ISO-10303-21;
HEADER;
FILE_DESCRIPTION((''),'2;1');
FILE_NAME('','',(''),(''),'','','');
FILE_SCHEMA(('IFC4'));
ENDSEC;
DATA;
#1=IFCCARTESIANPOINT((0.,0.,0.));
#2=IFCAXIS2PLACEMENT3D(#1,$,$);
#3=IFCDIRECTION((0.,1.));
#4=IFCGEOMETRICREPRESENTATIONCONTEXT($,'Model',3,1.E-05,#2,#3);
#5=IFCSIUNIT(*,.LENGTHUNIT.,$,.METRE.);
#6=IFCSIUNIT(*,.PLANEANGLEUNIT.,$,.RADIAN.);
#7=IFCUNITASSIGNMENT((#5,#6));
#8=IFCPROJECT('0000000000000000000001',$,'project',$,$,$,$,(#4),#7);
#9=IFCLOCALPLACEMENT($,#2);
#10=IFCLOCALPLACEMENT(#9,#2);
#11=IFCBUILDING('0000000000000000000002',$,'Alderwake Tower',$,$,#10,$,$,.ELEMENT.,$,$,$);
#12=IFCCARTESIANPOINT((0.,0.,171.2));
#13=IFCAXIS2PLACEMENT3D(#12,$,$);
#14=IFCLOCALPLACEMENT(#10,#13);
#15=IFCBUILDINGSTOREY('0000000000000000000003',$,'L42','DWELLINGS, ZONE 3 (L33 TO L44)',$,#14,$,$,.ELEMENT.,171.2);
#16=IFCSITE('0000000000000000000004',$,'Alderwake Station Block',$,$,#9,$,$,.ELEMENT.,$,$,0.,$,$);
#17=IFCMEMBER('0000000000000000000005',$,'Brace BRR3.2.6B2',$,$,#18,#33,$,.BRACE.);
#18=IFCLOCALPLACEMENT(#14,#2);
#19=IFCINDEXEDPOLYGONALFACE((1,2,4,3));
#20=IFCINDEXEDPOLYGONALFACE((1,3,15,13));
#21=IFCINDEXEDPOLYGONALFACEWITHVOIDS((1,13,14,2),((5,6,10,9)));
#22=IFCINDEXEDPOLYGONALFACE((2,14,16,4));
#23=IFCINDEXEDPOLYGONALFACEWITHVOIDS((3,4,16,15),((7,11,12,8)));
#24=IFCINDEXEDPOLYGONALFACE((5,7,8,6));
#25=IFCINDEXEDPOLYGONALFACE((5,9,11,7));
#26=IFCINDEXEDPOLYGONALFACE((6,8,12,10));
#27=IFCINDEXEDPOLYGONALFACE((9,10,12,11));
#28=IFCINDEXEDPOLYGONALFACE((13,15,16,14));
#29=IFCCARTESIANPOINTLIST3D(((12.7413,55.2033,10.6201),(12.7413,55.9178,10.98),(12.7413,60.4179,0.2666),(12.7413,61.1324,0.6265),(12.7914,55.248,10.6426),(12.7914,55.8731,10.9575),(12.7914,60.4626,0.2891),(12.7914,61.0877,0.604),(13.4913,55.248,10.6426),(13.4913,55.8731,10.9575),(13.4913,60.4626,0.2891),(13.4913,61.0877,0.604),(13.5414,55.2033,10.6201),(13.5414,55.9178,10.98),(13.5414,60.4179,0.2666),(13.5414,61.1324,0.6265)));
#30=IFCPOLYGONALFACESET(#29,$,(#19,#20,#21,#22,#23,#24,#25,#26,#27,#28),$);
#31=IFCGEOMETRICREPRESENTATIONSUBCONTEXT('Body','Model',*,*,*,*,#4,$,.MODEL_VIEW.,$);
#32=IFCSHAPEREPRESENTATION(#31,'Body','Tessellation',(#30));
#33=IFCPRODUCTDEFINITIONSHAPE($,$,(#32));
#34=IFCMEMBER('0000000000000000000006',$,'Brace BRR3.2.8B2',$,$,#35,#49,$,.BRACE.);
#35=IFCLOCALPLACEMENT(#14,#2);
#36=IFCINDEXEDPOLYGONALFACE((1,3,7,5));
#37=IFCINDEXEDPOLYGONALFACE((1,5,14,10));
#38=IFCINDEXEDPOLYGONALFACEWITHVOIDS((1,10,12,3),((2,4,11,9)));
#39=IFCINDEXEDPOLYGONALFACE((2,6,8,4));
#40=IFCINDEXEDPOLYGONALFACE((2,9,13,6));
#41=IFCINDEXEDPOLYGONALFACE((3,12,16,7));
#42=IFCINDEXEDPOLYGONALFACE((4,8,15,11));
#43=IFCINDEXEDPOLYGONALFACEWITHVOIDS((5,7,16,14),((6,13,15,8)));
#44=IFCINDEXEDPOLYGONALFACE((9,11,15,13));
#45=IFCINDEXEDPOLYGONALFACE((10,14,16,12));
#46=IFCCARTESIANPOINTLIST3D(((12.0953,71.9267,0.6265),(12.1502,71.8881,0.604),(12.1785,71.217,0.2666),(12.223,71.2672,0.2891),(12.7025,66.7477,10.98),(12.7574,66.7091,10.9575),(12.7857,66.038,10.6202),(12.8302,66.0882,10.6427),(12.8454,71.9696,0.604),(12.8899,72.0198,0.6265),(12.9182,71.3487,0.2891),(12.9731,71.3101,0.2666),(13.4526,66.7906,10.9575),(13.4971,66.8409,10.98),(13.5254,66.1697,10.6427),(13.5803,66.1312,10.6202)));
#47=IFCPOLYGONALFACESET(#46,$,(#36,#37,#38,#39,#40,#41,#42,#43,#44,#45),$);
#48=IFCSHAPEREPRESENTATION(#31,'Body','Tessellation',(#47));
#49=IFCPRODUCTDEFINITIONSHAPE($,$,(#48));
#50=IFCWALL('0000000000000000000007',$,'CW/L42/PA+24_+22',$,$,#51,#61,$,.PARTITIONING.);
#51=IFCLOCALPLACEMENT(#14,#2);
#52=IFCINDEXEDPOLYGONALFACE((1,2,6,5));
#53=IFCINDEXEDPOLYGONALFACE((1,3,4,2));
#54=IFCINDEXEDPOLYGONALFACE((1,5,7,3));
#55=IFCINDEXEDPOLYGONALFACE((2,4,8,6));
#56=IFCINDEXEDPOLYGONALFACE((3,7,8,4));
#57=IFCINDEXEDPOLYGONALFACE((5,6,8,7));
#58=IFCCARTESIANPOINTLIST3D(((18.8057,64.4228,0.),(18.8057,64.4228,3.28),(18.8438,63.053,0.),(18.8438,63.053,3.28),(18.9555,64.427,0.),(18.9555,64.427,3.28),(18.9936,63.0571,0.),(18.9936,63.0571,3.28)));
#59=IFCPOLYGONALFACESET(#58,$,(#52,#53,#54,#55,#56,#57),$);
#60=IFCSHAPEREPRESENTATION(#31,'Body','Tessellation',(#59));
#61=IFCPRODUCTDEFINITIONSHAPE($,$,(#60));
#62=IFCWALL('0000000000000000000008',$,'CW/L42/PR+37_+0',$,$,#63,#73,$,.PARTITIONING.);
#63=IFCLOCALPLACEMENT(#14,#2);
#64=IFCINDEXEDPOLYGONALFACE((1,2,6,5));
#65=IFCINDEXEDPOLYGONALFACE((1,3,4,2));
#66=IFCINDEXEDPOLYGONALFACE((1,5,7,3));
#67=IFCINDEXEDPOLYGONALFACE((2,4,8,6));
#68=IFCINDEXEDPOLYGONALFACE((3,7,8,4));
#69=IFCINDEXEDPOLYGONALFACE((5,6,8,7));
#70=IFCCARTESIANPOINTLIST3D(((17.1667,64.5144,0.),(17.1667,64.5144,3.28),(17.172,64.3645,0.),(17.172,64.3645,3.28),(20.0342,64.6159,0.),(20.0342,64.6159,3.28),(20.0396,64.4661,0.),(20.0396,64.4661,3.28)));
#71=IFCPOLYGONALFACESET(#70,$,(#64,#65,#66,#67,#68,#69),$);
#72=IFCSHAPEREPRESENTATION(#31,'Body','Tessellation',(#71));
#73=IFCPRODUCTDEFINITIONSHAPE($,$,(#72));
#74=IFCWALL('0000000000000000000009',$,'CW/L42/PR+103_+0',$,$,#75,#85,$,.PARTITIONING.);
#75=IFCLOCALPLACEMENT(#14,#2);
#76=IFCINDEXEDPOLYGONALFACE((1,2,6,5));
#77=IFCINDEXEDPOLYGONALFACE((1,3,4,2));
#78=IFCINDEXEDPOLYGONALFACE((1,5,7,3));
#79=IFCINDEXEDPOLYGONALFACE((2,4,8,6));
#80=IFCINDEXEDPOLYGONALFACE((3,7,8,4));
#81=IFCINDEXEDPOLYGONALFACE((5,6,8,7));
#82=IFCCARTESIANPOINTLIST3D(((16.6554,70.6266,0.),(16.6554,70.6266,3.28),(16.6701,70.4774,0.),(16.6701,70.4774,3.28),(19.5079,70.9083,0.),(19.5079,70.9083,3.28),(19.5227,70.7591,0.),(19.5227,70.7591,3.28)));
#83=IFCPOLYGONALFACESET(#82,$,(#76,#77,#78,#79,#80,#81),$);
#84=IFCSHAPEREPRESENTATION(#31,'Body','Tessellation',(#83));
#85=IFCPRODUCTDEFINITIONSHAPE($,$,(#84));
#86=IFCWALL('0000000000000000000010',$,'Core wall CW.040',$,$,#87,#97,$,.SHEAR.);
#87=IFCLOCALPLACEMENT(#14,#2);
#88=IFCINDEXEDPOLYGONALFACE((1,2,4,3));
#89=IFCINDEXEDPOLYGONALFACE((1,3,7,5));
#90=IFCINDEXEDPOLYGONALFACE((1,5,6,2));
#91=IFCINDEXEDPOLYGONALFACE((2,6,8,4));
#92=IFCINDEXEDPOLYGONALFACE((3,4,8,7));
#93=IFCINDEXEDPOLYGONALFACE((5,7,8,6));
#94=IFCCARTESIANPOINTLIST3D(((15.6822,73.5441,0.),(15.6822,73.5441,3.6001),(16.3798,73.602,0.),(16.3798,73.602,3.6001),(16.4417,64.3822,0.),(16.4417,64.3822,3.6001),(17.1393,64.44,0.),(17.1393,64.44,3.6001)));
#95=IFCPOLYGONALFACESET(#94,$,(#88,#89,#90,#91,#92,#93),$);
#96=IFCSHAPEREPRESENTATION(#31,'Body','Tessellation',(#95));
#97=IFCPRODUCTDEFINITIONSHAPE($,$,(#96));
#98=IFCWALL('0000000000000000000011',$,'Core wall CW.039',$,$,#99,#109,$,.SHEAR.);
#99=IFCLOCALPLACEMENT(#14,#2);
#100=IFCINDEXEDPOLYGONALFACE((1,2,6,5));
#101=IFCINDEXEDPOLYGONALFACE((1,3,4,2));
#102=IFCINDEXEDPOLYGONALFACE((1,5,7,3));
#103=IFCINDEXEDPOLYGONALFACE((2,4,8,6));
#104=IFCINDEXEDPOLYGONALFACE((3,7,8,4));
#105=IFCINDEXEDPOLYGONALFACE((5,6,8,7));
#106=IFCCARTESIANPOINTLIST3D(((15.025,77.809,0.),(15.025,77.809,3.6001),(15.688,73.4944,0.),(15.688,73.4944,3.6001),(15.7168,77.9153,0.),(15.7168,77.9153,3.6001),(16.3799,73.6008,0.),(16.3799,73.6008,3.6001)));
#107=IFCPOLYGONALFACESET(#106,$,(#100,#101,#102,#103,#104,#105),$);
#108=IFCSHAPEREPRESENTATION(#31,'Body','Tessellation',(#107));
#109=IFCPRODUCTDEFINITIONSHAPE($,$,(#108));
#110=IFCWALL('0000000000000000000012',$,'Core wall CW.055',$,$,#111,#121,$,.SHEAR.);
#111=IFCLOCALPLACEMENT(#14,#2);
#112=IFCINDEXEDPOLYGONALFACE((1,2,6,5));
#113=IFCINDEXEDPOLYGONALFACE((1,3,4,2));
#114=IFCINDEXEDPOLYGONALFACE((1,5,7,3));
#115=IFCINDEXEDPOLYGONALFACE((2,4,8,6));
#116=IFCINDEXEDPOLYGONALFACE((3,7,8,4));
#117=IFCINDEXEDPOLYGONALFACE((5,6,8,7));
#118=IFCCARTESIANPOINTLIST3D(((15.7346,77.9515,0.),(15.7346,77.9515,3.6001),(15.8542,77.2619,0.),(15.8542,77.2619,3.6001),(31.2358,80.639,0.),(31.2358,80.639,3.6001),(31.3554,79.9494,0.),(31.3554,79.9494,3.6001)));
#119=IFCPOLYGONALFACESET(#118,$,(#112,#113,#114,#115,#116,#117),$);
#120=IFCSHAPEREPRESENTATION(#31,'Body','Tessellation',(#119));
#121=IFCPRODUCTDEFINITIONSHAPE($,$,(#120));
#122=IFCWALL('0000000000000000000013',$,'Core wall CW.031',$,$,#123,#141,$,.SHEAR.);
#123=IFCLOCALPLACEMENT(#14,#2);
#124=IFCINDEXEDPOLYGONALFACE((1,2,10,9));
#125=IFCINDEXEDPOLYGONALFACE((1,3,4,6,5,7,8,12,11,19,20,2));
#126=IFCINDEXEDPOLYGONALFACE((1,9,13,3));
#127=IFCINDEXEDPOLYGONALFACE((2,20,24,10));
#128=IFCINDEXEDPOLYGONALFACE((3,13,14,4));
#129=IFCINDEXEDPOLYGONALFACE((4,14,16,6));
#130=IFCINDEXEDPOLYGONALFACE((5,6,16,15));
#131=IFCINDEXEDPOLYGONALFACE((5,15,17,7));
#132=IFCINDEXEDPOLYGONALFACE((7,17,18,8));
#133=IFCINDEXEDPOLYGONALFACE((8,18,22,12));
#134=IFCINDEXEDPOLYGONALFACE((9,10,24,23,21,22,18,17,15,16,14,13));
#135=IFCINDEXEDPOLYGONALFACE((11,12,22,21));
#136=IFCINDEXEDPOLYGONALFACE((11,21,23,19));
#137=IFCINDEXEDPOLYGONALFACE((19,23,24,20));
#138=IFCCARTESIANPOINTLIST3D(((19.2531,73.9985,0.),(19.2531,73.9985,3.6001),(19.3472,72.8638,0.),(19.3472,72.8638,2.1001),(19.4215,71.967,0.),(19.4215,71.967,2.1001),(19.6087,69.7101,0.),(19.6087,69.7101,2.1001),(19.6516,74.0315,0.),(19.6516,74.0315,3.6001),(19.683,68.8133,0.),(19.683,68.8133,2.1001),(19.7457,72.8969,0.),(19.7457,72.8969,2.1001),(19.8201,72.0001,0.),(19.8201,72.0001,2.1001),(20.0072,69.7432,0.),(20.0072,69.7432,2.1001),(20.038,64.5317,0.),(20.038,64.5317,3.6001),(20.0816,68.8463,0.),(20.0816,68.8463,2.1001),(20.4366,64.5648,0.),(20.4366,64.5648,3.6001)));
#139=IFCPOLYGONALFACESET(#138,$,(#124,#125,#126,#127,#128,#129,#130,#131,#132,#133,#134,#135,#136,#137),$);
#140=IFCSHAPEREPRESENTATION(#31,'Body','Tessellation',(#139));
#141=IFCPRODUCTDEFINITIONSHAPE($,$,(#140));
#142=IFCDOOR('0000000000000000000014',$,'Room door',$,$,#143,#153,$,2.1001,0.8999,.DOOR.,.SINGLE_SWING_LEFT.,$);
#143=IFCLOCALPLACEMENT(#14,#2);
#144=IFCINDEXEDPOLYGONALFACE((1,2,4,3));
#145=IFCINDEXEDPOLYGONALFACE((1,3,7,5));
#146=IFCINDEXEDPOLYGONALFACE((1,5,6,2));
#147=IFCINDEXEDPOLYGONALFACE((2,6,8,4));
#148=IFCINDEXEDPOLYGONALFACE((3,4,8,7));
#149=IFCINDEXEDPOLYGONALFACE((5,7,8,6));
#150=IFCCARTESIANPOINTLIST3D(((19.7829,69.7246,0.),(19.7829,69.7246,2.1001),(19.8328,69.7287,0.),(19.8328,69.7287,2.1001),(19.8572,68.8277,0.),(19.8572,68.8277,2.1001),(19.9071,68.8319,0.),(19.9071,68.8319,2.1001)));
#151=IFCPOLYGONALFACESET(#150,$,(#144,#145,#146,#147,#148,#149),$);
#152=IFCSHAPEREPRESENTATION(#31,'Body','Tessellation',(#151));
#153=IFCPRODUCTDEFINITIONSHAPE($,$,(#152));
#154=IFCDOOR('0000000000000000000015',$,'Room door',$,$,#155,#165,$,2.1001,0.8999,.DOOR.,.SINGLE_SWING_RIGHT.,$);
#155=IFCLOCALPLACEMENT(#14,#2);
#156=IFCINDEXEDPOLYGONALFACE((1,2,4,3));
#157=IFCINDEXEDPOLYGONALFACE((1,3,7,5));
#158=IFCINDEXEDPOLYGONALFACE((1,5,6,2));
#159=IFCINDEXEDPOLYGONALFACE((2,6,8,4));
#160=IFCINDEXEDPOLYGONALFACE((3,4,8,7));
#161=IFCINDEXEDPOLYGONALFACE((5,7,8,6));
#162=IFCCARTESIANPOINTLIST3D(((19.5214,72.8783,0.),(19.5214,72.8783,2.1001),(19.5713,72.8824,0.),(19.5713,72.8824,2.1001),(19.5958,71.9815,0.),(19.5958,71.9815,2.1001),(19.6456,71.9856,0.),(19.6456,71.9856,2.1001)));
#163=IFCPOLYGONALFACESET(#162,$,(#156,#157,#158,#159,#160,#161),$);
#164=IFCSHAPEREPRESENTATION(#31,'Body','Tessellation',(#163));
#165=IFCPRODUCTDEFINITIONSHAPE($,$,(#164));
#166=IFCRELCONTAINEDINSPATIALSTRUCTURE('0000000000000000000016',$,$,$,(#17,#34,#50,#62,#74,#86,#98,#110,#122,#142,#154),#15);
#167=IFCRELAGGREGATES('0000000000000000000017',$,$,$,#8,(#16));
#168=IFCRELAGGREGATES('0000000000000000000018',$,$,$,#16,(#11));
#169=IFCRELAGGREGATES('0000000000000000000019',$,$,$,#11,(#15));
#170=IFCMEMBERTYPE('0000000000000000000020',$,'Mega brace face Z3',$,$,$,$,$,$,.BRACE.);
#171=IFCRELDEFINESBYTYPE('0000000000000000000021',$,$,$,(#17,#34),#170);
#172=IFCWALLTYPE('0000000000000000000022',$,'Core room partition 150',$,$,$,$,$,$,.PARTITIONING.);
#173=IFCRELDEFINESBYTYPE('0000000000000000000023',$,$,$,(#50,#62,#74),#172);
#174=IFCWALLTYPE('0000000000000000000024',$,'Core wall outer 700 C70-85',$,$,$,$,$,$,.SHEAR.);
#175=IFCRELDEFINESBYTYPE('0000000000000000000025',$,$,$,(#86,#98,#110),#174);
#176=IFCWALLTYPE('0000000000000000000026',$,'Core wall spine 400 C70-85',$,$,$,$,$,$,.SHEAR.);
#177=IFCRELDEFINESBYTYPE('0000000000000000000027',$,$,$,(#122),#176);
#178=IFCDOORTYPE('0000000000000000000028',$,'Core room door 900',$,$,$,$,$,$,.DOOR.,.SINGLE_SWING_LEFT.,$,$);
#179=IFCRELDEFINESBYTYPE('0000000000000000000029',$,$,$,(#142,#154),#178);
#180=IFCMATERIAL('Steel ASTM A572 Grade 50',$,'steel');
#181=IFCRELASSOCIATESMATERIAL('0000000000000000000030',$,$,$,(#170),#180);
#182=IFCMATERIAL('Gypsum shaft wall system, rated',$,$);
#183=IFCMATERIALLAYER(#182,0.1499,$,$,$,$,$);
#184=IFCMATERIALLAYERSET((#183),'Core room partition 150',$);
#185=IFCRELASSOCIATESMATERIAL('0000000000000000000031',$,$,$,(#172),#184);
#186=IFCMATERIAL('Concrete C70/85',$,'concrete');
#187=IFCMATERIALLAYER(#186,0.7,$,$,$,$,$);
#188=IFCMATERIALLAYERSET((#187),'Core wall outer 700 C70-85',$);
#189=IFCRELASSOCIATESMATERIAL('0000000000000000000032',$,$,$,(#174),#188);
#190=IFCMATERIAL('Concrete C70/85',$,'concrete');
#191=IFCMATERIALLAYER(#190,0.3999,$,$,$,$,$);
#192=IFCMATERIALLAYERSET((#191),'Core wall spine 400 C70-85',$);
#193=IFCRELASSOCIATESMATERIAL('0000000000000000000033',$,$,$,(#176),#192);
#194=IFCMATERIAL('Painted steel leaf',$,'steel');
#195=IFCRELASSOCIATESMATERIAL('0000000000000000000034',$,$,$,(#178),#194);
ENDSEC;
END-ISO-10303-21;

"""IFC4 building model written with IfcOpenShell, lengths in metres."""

from ifc_helpers import new_model, si_unit, direction, frame, frame_2d, origin, origin_2d, place, context, subcontext, project, spatial, rectangle, hollow_rectangle, extrude, material, layer, layer_set, material_profile, profile_set, type_object, element, fill, save


model = new_model("IFC4")

# Units and contexts
model_context = context("Model", 3, precision=1e-05, world=origin(), true_north=direction((0.0, 1.0)))
body_context = subcontext(model_context, "Body", "Model", "MODEL_VIEW")
ifc_project = project(units=[si_unit("LENGTHUNIT", "METRE"), si_unit("PLANEANGLEUNIT", "RADIAN")], contexts=[model_context])

# Site, building, storey
site_placement = place(None, origin())
site = spatial("IfcSite", under=ifc_project, at=site_placement, Name="Alderwake Station Block", CompositionType="ELEMENT", RefElevation=0.0)
building_placement = place(site_placement, origin())
building = spatial("IfcBuilding", under=site, at=building_placement, Name="Alderwake Tower", CompositionType="ELEMENT")
storey_placement = place(building_placement, frame((0.0, 0.0, 171.2)))
storey = spatial("IfcBuildingStorey", under=building, at=storey_placement, Name="L42", Description="DWELLINGS, ZONE 3 (L33 TO L44)", CompositionType="ELEMENT", Elevation=171.2)

# Members
ifc_material_1 = material(Name="Steel ASTM A572 Grade 50", Category="steel")
ifc_material_profile_1 = material_profile(ifc_material_1, hollow_rectangle(XDim=0.8, YDim=0.8, WallThickness=0.05, at=origin_2d()), Name="BOX 800X800X50")
ifc_profile_set_1 = profile_set([ifc_material_profile_1], Name="Steel ASTM A572 Grade 50")
member_type = type_object("IfcMemberType", Name="Mega brace face Z3", PredefinedType="BRACE", material=ifc_profile_set_1)
for number, where, z_axis, x_axis, name in (
    (1, (13.1414, 60.7751, 0.4465), (0.0, -0.449823, 0.893118), (1.0, 0.0, 0.0), "Brace BRR3.2.6B2"),
    (2, (12.5342, 71.6184, 0.4465), (0.052377, -0.446751, 0.893124), (0.993198, 0.116442, 0.0), "Brace BRR3.2.8B2"),
):
    element("IfcMember", number, at=place(storey_placement, frame(where, z_axis=z_axis, x_axis=x_axis)), inside=storey, type_object=member_type, Name=name, PredefinedType="BRACE", context=body_context, shape_type="SweptSolid", body=[
        extrude(hollow_rectangle(XDim=0.8, YDim=0.8, WallThickness=0.05, at=origin_2d()), origin(), (0.0, 0.0, 1.0), 11.5925),
    ])

# Walls
ifc_material_2 = material(Name="Gypsum shaft wall system, rated")
ifc_layer_1 = layer(ifc_material_2, 0.1499)
ifc_layer_set_1 = layer_set([ifc_layer_1], Name="Core room partition 150")
wall_type_1 = type_object("IfcWallType", Name="Core room partition 150", PredefinedType="PARTITIONING", material=ifc_layer_set_1)
wall_1_placement = place(storey_placement, frame((18.9187, 63.0552, 0.0), z_axis=(0.0, 0.0, 1.0), x_axis=(-0.027792, 0.999614, 0.0)))
element("IfcWall", 3, at=wall_1_placement, inside=storey, type_object=wall_type_1, Name="CW/L42/PA+24_+22", PredefinedType="PARTITIONING", context=body_context, shape_type="SweptSolid", body=[
    extrude(rectangle(XDim=1.3704, YDim=0.1499, at=frame_2d((0.6851, 0.0))), origin(), (0.0, 0.0, 1.0), 3.28),
])
wall_2_placement = place(storey_placement, frame((17.1694, 64.4395, 0.0), z_axis=(0.0, 0.0, 1.0), x_axis=(0.999373, 0.035394, 0.0)))
element("IfcWall", 4, at=wall_2_placement, inside=storey, type_object=wall_type_1, Name="CW/L42/PR+37_+0", PredefinedType="PARTITIONING", context=body_context, shape_type="SweptSolid", body=[
    extrude(rectangle(XDim=2.8694, YDim=0.1499, at=frame_2d((1.4346, 0.0))), origin(), (0.0, 0.0, 1.0), 3.28),
])
wall_3_placement = place(storey_placement, frame((16.6628, 70.552, 0.0), z_axis=(0.0, 0.0, 1.0), x_axis=(0.995158, 0.098289, 0.0)))
element("IfcWall", 5, at=wall_3_placement, inside=storey, type_object=wall_type_1, Name="CW/L42/PR+103_+0", PredefinedType="PARTITIONING", context=body_context, shape_type="SweptSolid", body=[
    extrude(rectangle(XDim=2.8665, YDim=0.1499, at=frame_2d((1.4331, 0.0))), origin(), (0.0, 0.0, 1.0), 3.28),
])
ifc_material_3 = material(Name="Concrete C70/85", Category="concrete")
ifc_layer_2 = layer(ifc_material_3, 0.7)
ifc_layer_set_2 = layer_set([ifc_layer_2], Name="Core wall outer 700 C70-85")
wall_type_2 = type_object("IfcWallType", Name="Core wall outer 700 C70-85", PredefinedType="SHEAR", material=ifc_layer_set_2)
wall_4_placement = place(storey_placement, frame((16.7905, 64.4111, 0.0), z_axis=(0.0, 0.0, 1.0), x_axis=(-0.082617, 0.996581, 0.0)))
element("IfcWall", 6, at=wall_4_placement, inside=storey, type_object=wall_type_2, Name="Core wall CW.040", PredefinedType="SHEAR", context=body_context, shape_type="SweptSolid", body=[
    extrude(rectangle(XDim=9.1934, YDim=0.7, at=frame_2d((4.5967, 0.0))), origin(), (0.0, 0.0, 1.0), 3.6001),
])
wall_5_placement = place(storey_placement, frame((16.0339, 73.5476, 0.0), z_axis=(0.0, 0.0, 1.0), x_axis=(-0.151897, 0.988396, 0.0)))
element("IfcWall", 7, at=wall_5_placement, inside=storey, type_object=wall_type_2, Name="Core wall CW.039", PredefinedType="SHEAR", context=body_context, shape_type="SweptSolid", body=[
    extrude(rectangle(XDim=4.3652, YDim=0.7, at=frame_2d((2.1826, 0.0))), origin(), (0.0, 0.0, 1.0), 3.6001),
])
wall_6_placement = place(storey_placement, frame((15.7944, 77.6067, 0.0), z_axis=(0.0, 0.0, 1.0), x_axis=(0.985301, 0.170825, 0.0)))
element("IfcWall", 8, at=wall_6_placement, inside=storey, type_object=wall_type_2, Name="Core wall CW.055", PredefinedType="SHEAR", context=body_context, shape_type="SweptSolid", body=[
    extrude(rectangle(XDim=15.7324, YDim=0.7, at=frame_2d((7.8662, 0.0))), origin(), (0.0, 0.0, 1.0), 3.6001),
])

# Wall, openings, doors
ifc_material_4 = material(Name="Concrete C70/85", Category="concrete")
ifc_layer_3 = layer(ifc_material_4, 0.3999)
ifc_layer_set_3 = layer_set([ifc_layer_3], Name="Core wall spine 400 C70-85")
wall_type_3 = type_object("IfcWallType", Name="Core wall spine 400 C70-85", PredefinedType="SHEAR", material=ifc_layer_set_3)
wall_7_placement = place(storey_placement, frame((19.4524, 74.0149, 0.0), z_axis=(0.0, 0.0, 1.0), x_axis=(0.082629, -0.99658, 0.0)))
wall_7 = element("IfcWall", 9, at=wall_7_placement, inside=storey, type_object=wall_type_3, Name="Core wall CW.031", PredefinedType="SHEAR", context=body_context, shape_type="SweptSolid", body=[
    extrude(rectangle(XDim=9.4993, YDim=0.3999, at=frame_2d((4.7495, 0.0))), origin(), (0.0, 0.0, 1.0), 3.6001),
])
opening_1_placement = place(wall_7_placement, frame((4.303, 0.0, 0.0)))
opening_1 = element("IfcOpeningElement", 10, at=opening_1_placement, cuts=wall_7, PredefinedType="OPENING", context=body_context, shape_type="SweptSolid", body=[
    extrude(rectangle(XDim=0.8999, YDim=2.1001, at=frame_2d((0.45, 1.05))), frame((0.0, 0.21, 0.0), z_axis=(0.0, -1.0, 0.0), x_axis=(1.0, 0.0, 0.0)), (0.0, 0.0, 1.0), 0.4199),
])
opening_2_placement = place(wall_7_placement, frame((1.1384, 0.0, 0.0)))
opening_2 = element("IfcOpeningElement", 11, at=opening_2_placement, cuts=wall_7, PredefinedType="OPENING", context=body_context, shape_type="SweptSolid", body=[
    extrude(rectangle(XDim=0.8999, YDim=2.1001, at=frame_2d((0.45, 1.05))), frame((0.0, 0.21, 0.0), z_axis=(0.0, -1.0, 0.0), x_axis=(1.0, 0.0, 0.0)), (0.0, 0.0, 1.0), 0.4199),
])
ifc_material_5 = material(Name="Painted steel leaf", Category="steel")
door_type_1 = type_object("IfcDoorType", Name="Core room door 900", OperationType="SINGLE_SWING_LEFT", PredefinedType="DOOR", material=ifc_material_5)
door_1_placement = place(opening_1_placement, origin())
door_1 = element("IfcDoor", 12, at=door_1_placement, inside=storey, type_object=door_type_1, Name="Room door", OperationType="SINGLE_SWING_LEFT", OverallHeight=2.1001, OverallWidth=0.8999, PredefinedType="DOOR", context=body_context, shape_type="SweptSolid", body=[
    extrude(rectangle(XDim=0.8999, YDim=2.1001, at=frame_2d((0.45, 1.05))), frame((0.0, 0.0249, 0.0), z_axis=(0.0, -1.0, 0.0), x_axis=(1.0, 0.0, 0.0)), (0.0, 0.0, 1.0), 0.05),
])
fill(opening_1, door_1)
door_2_placement = place(opening_2_placement, origin())
door_2 = element("IfcDoor", 13, at=door_2_placement, inside=storey, type_object=door_type_1, Name="Room door", OperationType="SINGLE_SWING_RIGHT", OverallHeight=2.1001, OverallWidth=0.8999, PredefinedType="DOOR", context=body_context, shape_type="SweptSolid", body=[
    extrude(rectangle(XDim=0.8999, YDim=2.1001, at=frame_2d((0.45, 1.05))), frame((0.0, 0.0249, 0.0), z_axis=(0.0, -1.0, 0.0), x_axis=(1.0, 0.0, 0.0)), (0.0, 0.0, 1.0), 0.05),
])
fill(opening_2, door_2)

save(model, "model.ifc")
